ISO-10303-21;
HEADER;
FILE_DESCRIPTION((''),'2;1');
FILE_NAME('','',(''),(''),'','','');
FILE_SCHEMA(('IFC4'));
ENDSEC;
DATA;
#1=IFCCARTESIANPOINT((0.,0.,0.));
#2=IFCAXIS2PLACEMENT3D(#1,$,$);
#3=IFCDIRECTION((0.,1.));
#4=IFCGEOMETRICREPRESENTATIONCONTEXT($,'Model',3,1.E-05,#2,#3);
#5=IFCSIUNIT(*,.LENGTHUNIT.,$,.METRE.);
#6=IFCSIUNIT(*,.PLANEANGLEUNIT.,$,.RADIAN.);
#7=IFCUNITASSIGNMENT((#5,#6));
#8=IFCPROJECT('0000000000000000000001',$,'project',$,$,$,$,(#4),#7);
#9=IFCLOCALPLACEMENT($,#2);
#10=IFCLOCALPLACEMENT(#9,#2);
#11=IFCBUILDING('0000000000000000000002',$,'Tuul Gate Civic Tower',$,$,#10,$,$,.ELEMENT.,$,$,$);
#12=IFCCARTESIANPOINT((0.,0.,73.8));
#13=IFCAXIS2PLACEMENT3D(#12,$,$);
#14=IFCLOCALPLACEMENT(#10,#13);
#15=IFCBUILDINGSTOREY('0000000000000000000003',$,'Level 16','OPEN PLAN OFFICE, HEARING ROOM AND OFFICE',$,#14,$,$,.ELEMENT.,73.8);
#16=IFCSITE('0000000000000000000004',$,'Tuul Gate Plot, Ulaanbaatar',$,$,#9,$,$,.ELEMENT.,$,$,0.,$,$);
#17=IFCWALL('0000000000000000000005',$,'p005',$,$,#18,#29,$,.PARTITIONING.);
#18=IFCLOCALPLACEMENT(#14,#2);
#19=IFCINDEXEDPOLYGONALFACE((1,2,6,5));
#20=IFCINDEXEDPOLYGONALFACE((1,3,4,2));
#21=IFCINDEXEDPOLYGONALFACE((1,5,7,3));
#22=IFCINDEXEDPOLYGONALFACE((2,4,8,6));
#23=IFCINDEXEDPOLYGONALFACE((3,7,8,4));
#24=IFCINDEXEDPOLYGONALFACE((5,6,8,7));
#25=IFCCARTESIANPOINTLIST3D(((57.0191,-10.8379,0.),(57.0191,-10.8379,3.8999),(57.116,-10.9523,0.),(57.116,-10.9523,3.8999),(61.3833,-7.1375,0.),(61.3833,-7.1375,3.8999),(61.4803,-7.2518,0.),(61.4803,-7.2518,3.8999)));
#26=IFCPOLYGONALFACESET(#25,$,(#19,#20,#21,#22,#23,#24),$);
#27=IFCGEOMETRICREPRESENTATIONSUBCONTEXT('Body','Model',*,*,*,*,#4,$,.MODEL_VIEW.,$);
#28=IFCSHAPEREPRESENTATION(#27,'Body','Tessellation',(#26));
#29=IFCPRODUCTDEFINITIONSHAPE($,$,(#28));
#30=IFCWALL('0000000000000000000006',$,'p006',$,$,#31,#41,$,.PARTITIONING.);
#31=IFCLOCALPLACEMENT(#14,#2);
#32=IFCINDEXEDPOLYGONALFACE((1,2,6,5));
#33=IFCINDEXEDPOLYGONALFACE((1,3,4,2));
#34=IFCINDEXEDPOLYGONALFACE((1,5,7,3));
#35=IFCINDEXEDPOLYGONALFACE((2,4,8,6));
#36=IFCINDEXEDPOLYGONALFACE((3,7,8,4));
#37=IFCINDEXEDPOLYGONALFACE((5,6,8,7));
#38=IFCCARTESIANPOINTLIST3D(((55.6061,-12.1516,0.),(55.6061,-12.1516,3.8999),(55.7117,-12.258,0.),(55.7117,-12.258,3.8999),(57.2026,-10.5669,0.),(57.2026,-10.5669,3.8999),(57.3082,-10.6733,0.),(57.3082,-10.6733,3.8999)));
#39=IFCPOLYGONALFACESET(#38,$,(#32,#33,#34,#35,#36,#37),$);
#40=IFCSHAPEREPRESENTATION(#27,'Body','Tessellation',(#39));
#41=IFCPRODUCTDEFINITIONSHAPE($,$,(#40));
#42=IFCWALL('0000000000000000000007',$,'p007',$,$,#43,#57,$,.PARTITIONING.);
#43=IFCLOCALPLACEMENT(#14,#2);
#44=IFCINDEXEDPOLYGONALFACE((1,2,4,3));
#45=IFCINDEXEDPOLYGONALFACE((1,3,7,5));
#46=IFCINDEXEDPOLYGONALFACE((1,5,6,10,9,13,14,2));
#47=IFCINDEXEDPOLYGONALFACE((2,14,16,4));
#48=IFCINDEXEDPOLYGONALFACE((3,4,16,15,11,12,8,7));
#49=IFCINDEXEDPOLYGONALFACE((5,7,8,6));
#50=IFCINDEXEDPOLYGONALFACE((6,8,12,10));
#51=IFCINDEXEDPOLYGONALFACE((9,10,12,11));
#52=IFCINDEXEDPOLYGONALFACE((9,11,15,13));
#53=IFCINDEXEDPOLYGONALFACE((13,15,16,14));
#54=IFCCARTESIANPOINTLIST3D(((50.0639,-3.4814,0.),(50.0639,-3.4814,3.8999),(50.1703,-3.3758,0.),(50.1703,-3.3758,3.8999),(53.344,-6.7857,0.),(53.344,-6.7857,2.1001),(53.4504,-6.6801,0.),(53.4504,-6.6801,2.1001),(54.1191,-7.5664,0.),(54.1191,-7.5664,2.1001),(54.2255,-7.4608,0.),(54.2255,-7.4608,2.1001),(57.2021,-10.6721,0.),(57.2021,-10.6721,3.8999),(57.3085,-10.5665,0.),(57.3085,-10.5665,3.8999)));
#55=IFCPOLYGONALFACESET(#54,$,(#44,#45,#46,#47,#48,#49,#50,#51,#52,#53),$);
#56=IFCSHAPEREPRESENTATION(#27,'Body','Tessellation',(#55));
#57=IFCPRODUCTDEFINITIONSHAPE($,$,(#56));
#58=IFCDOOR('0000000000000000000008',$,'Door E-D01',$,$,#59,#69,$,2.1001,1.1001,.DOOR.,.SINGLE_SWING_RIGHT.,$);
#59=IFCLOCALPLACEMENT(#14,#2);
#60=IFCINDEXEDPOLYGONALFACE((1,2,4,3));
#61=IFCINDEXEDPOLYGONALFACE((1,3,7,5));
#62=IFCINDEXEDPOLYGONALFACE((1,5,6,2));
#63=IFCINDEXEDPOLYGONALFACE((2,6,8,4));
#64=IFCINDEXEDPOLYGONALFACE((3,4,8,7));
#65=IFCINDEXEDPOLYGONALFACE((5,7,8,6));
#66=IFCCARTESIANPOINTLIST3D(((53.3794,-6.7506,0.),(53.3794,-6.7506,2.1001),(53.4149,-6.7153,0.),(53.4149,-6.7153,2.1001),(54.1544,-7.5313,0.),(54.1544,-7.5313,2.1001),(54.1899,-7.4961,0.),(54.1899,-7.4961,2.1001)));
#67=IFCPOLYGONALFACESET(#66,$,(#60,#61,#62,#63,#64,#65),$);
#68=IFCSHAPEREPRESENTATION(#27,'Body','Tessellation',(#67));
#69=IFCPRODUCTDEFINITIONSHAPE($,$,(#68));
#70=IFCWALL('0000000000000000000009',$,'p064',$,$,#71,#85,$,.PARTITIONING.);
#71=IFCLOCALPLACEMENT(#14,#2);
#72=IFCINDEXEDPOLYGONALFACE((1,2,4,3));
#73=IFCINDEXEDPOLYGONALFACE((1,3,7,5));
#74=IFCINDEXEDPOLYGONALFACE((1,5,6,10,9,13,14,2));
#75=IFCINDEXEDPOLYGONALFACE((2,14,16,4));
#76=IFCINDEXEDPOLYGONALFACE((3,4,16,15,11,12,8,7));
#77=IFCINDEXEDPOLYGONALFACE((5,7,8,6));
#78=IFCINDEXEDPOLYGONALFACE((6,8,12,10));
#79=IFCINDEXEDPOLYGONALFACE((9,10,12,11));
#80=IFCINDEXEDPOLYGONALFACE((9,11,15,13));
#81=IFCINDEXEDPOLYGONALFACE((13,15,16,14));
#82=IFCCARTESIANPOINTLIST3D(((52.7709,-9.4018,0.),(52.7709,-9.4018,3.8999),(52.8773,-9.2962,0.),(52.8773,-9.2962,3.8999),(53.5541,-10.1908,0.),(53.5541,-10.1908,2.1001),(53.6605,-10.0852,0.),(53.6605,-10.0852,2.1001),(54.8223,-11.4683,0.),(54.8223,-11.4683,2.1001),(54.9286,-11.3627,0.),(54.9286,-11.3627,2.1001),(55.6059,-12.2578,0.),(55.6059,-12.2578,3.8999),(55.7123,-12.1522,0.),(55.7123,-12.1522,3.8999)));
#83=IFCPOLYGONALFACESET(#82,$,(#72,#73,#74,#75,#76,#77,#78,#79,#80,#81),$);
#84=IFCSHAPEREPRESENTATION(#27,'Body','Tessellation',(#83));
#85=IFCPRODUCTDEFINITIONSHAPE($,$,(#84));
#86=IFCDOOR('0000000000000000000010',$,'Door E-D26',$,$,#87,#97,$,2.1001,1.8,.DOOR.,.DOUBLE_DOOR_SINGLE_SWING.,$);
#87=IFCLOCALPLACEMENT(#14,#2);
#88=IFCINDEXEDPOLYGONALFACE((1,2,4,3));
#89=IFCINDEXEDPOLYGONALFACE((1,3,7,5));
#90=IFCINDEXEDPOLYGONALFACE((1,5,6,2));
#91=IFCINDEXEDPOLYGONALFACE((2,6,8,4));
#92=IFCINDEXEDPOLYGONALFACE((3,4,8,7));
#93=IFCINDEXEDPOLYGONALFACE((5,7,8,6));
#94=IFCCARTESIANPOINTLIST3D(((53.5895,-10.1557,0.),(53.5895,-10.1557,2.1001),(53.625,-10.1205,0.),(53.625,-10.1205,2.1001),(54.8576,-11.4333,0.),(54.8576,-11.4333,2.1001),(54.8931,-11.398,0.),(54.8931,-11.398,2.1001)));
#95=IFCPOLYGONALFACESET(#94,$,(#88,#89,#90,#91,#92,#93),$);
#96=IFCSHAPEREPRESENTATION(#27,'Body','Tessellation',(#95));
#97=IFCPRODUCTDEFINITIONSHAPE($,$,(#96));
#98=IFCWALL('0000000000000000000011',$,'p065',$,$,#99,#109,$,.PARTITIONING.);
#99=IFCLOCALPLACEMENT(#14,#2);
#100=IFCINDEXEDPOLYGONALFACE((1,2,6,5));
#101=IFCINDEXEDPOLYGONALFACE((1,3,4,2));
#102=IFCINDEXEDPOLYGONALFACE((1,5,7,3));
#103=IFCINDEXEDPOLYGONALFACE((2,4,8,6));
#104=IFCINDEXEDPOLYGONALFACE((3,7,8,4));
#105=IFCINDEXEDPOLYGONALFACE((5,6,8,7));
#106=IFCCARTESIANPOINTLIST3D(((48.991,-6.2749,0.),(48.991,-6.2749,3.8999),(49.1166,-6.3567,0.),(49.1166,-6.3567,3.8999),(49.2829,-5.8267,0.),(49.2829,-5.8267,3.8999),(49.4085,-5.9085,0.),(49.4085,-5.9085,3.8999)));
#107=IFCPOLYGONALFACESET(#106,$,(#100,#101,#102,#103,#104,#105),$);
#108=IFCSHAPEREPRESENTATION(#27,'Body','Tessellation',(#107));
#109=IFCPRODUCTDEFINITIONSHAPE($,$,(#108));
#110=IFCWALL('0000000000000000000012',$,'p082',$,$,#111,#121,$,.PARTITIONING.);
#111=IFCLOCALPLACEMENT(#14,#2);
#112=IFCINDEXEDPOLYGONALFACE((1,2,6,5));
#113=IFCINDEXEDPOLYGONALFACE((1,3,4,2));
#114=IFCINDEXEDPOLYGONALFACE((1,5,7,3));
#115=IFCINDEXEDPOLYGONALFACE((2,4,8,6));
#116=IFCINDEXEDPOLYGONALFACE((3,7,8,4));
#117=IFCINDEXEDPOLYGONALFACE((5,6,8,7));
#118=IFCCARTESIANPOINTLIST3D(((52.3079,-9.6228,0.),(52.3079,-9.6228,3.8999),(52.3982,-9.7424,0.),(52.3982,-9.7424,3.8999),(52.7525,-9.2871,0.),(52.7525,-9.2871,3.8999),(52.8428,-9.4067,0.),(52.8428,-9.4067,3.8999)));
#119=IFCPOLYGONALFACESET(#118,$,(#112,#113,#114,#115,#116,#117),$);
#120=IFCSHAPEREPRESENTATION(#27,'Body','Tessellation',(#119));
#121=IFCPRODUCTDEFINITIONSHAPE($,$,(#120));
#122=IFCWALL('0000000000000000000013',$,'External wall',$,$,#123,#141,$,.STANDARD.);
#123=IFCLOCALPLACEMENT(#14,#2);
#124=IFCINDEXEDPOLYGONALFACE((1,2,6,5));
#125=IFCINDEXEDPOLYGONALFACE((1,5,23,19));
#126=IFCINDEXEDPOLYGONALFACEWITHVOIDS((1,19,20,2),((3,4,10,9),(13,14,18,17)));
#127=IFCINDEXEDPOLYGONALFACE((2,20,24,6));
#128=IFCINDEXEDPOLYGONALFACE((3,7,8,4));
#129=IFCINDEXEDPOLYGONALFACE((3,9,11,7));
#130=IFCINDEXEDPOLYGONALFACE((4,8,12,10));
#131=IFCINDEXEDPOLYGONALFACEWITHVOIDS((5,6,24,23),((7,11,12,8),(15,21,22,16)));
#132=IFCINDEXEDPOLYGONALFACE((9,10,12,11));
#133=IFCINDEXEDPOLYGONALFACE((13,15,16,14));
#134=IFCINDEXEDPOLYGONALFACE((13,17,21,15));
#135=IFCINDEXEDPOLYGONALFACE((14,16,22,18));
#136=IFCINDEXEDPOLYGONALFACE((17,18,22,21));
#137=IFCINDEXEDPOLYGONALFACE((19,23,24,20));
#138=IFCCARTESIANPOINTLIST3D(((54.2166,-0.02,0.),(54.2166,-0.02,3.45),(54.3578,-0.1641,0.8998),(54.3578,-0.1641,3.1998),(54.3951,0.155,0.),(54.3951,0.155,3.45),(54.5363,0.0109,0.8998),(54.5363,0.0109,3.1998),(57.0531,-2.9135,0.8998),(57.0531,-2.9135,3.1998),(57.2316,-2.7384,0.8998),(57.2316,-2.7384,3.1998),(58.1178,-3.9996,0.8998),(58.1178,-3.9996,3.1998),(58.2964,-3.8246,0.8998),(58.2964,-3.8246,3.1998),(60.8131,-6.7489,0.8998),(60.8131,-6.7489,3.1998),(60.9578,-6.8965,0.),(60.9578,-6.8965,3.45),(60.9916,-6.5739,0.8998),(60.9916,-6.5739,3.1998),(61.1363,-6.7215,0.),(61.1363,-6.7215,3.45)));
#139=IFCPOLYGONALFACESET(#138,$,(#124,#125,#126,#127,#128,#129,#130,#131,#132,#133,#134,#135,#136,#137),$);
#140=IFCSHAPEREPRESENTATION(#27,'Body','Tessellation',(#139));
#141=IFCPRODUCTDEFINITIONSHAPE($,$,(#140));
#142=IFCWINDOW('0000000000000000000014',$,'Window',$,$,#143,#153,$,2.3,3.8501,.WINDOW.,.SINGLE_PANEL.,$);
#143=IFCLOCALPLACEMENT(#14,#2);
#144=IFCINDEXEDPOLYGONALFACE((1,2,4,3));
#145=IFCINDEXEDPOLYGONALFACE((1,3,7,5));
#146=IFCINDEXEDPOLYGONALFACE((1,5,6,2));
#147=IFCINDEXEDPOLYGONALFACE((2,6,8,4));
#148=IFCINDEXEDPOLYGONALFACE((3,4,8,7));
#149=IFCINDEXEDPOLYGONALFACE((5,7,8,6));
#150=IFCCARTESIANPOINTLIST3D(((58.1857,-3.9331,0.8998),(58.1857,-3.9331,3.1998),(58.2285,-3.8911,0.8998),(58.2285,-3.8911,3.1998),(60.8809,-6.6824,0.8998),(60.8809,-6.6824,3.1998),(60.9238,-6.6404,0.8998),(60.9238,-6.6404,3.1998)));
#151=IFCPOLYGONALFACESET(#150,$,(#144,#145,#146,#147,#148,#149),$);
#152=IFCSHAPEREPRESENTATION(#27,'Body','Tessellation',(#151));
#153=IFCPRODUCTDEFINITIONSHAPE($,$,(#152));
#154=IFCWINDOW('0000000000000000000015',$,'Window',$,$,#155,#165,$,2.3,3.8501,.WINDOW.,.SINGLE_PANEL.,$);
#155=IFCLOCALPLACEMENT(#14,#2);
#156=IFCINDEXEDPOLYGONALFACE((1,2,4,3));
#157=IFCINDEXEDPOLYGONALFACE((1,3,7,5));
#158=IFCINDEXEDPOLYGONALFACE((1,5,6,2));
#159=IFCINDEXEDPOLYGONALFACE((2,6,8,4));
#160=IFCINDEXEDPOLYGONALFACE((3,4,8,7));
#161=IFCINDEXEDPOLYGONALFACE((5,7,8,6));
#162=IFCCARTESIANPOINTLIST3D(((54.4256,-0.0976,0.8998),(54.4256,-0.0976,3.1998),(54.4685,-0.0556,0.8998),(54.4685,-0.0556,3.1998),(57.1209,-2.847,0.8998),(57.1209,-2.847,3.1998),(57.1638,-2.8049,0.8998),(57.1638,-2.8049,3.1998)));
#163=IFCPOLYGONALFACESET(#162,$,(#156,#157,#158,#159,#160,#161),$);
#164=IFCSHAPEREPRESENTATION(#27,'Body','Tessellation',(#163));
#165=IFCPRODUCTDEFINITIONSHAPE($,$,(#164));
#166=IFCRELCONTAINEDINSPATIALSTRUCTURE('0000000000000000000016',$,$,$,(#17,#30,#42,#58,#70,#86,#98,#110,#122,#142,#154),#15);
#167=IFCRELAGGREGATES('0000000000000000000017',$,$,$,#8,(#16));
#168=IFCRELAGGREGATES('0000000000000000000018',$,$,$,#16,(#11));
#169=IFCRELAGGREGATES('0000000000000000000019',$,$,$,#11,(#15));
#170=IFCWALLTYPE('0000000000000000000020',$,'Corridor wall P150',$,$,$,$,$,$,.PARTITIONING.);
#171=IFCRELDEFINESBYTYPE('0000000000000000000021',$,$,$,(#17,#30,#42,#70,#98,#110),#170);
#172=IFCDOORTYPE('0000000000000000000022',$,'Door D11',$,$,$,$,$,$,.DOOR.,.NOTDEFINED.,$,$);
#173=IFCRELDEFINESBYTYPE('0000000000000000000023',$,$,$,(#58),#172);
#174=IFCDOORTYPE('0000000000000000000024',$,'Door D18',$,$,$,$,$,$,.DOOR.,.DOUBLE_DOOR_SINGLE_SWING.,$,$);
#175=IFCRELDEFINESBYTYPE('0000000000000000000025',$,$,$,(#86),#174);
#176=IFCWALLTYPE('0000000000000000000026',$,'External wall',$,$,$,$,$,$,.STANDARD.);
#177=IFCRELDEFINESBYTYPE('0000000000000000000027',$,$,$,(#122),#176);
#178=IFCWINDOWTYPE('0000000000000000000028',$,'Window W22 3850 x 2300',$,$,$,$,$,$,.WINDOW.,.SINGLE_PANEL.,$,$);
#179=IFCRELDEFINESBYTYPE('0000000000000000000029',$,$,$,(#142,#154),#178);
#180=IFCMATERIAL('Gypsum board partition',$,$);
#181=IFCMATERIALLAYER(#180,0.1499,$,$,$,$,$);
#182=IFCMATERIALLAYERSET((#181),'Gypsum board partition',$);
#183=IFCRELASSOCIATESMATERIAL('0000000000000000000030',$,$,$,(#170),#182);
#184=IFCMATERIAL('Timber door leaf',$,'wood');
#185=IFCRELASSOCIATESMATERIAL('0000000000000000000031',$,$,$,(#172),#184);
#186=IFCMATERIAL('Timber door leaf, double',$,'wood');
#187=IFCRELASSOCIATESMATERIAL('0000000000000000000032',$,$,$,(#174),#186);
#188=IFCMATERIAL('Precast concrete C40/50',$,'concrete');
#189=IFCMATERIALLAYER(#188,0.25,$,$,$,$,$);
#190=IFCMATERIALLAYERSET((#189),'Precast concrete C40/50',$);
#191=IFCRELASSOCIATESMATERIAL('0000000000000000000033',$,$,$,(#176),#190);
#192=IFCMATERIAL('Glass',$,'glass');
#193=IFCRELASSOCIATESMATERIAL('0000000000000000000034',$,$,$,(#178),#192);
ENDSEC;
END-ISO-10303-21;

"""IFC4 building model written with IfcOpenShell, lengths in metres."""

from ifc_helpers import new_model, si_unit, direction, frame, frame_2d, origin, place, context, subcontext, project, spatial, rectangle, extrude, material, layer, layer_set, type_object, element, fill, save


model = new_model("IFC4")

# Units and contexts
model_context = context("Model", 3, precision=1e-05, world=origin(), true_north=direction((0.0, 1.0)))
body_context = subcontext(model_context, "Body", "Model", "MODEL_VIEW")
ifc_project = project(units=[si_unit("LENGTHUNIT", "METRE"), si_unit("PLANEANGLEUNIT", "RADIAN")], contexts=[model_context])

# Site, building, storey
site_placement = place(None, origin())
site = spatial("IfcSite", under=ifc_project, at=site_placement, Name="Tuul Gate Plot, Ulaanbaatar", CompositionType="ELEMENT", RefElevation=0.0)
building_placement = place(site_placement, origin())
building = spatial("IfcBuilding", under=site, at=building_placement, Name="Tuul Gate Civic Tower", CompositionType="ELEMENT")
storey_placement = place(building_placement, frame((0.0, 0.0, 73.8)))
storey = spatial("IfcBuildingStorey", under=building, at=storey_placement, Name="Level 16", Description="OPEN PLAN OFFICE, HEARING ROOM AND OFFICE", CompositionType="ELEMENT", Elevation=73.8)

# Walls
ifc_material_1 = material(Name="Gypsum board partition")
ifc_layer_1 = layer(ifc_material_1, 0.1499)
ifc_layer_set_1 = layer_set([ifc_layer_1], Name="Gypsum board partition")
wall_type_1 = type_object("IfcWallType", Name="Corridor wall P150", PredefinedType="PARTITIONING", material=ifc_layer_set_1)
wall_1_placement = place(storey_placement, frame((57.0676, -10.895, 0.0), z_axis=(0.0, 0.0, 1.0), x_axis=(0.76273, 0.646717, 0.0)))
element("IfcWall", 1, at=wall_1_placement, inside=storey, type_object=wall_type_1, Name="p005", PredefinedType="PARTITIONING", context=body_context, shape_type="SweptSolid", body=[
    extrude(rectangle(XDim=5.7219, YDim=0.1499, at=frame_2d((2.8608, 0.0))), origin(), (0.0, 0.0, 1.0), 3.8999),
])
wall_2_placement = place(storey_placement, frame((55.6589, -12.2048, 0.0), z_axis=(0.0, 0.0, 1.0), x_axis=(0.709707, 0.704497, 0.0)))
element("IfcWall", 2, at=wall_2_placement, inside=storey, type_object=wall_type_1, Name="p006", PredefinedType="PARTITIONING", context=body_context, shape_type="SweptSolid", body=[
    extrude(rectangle(XDim=2.2495, YDim=0.1499, at=frame_2d((1.1248, 0.0))), origin(), (0.0, 0.0, 1.0), 3.8999),
])

# Walls, openings, doors
wall_3_placement = place(storey_placement, frame((50.1172, -3.4287, 0.0), z_axis=(0.0, 0.0, 1.0), x_axis=(0.704512, -0.709692, 0.0)))
wall_3 = element("IfcWall", 3, at=wall_3_placement, inside=storey, type_object=wall_type_1, Name="p007", PredefinedType="PARTITIONING", context=body_context, shape_type="SweptSolid", body=[
    extrude(rectangle(XDim=10.1321, YDim=0.1499, at=frame_2d((5.0659, 0.0))), origin(), (0.0, 0.0, 1.0), 3.8999),
])
opening_1_placement = place(wall_3_placement, frame((4.6558, 0.0, 0.0)))
opening_1 = element("IfcOpeningElement", 4, at=opening_1_placement, cuts=wall_3, PredefinedType="OPENING", context=body_context, shape_type="SweptSolid", body=[
    extrude(rectangle(XDim=1.1001, YDim=2.1001, at=frame_2d((0.55, 1.05))), frame((0.0, 0.085, 0.0), z_axis=(0.0, -1.0, 0.0), x_axis=(1.0, 0.0, 0.0)), (0.0, 0.0, 1.0), 0.1699),
])
ifc_material_2 = material(Name="Timber door leaf", Category="wood")
door_type_1 = type_object("IfcDoorType", Name="Door D11", OperationType="NOTDEFINED", PredefinedType="DOOR", material=ifc_material_2)
door_1_placement = place(opening_1_placement, origin())
door_1 = element("IfcDoor", 5, at=door_1_placement, inside=storey, type_object=door_type_1, Name="Door E-D01", OperationType="SINGLE_SWING_RIGHT", OverallHeight=2.1001, OverallWidth=1.1001, PredefinedType="DOOR", context=body_context, shape_type="SweptSolid", body=[
    extrude(rectangle(XDim=1.1001, YDim=2.1001, at=frame_2d((0.55, 1.05))), frame((0.0, 0.0249, 0.0), z_axis=(0.0, -1.0, 0.0), x_axis=(1.0, 0.0, 0.0)), (0.0, 0.0, 1.0), 0.05),
])
fill(opening_1, door_1)
wall_4_placement = place(storey_placement, frame((52.824, -9.3489, 0.0), z_axis=(0.0, 0.0, 1.0), x_axis=(0.704493, -0.709711, 0.0)))
wall_4 = element("IfcWall", 6, at=wall_4_placement, inside=storey, type_object=wall_type_1, Name="p064", PredefinedType="PARTITIONING", context=body_context, shape_type="SweptSolid", body=[
    extrude(rectangle(XDim=4.0242, YDim=0.1499, at=frame_2d((2.0122, 0.0))), origin(), (0.0, 0.0, 1.0), 3.8999),
])
opening_2_placement = place(wall_4_placement, frame((1.1121, 0.0, 0.0)))
opening_2 = element("IfcOpeningElement", 7, at=opening_2_placement, cuts=wall_4, PredefinedType="OPENING", context=body_context, shape_type="SweptSolid", body=[
    extrude(rectangle(XDim=1.8, YDim=2.1001, at=frame_2d((0.8999, 1.05))), frame((0.0, 0.085, 0.0), z_axis=(0.0, -1.0, 0.0), x_axis=(1.0, 0.0, 0.0)), (0.0, 0.0, 1.0), 0.1699),
])
ifc_material_3 = material(Name="Timber door leaf, double", Category="wood")
door_type_2 = type_object("IfcDoorType", Name="Door D18", OperationType="DOUBLE_DOOR_SINGLE_SWING", PredefinedType="DOOR", material=ifc_material_3)
door_2_placement = place(opening_2_placement, origin())
door_2 = element("IfcDoor", 8, at=door_2_placement, inside=storey, type_object=door_type_2, Name="Door E-D26", OperationType="DOUBLE_DOOR_SINGLE_SWING", OverallHeight=2.1001, OverallWidth=1.8, PredefinedType="DOOR", context=body_context, shape_type="SweptSolid", body=[
    extrude(rectangle(XDim=1.8, YDim=2.1001, at=frame_2d((0.8999, 1.05))), frame((0.0, 0.0249, 0.0), z_axis=(0.0, -1.0, 0.0), x_axis=(1.0, 0.0, 0.0)), (0.0, 0.0, 1.0), 0.05),
])
fill(opening_2, door_2)

# Walls
wall_5_placement = place(storey_placement, frame((49.0537, -6.3159, 0.0), z_axis=(0.0, 0.0, 1.0), x_axis=(0.545822, 0.837901, 0.0)))
element("IfcWall", 9, at=wall_5_placement, inside=storey, type_object=wall_type_1, Name="p065", PredefinedType="PARTITIONING", context=body_context, shape_type="SweptSolid", body=[
    extrude(rectangle(XDim=0.5349, YDim=0.1499, at=frame_2d((0.2676, 0.0))), origin(), (0.0, 0.0, 1.0), 3.8999),
])
wall_6_placement = place(storey_placement, frame((52.353, -9.6826, 0.0), z_axis=(0.0, 0.0, 1.0), x_axis=(0.79805, 0.602591, 0.0)))
element("IfcWall", 10, at=wall_6_placement, inside=storey, type_object=wall_type_1, Name="p082", PredefinedType="PARTITIONING", context=body_context, shape_type="SweptSolid", body=[
    extrude(rectangle(XDim=0.5571, YDim=0.1499, at=frame_2d((0.2786, 0.0))), origin(), (0.0, 0.0, 1.0), 3.8999),
])

# Wall, openings, windows
ifc_material_4 = material(Name="Precast concrete C40/50", Category="concrete")
ifc_layer_2 = layer(ifc_material_4, 0.25)
ifc_layer_set_2 = layer_set([ifc_layer_2], Name="Precast concrete C40/50")
wall_type_2 = type_object("IfcWallType", Name="External wall", PredefinedType="STANDARD", material=ifc_layer_set_2)
wall_7_placement = place(storey_placement, frame((61.0471, -6.8091, 0.0), z_axis=(0.0, 0.0, 1.0), x_axis=(-0.700049, 0.714095, 0.0)))
wall_7 = element("IfcWall", 11, at=wall_7_placement, inside=storey, type_object=wall_type_2, Name="External wall", PredefinedType="STANDARD", context=body_context, shape_type="SweptSolid", body=[
    extrude(rectangle(XDim=9.6296, YDim=0.25, at=frame_2d((4.8149, 0.0))), origin(), (0.0, 0.0, 1.0), 3.45),
])
opening_3_placement = place(wall_7_placement, frame((0.2068, 0.0, 0.8999)))
opening_3 = element("IfcOpeningElement", 12, at=opening_3_placement, cuts=wall_7, PredefinedType="OPENING", context=body_context, shape_type="SweptSolid", body=[
    extrude(rectangle(XDim=3.8501, YDim=2.3, at=frame_2d((1.925, 1.1499))), frame((0.0, 0.135, 0.0), z_axis=(0.0, -1.0, 0.0), x_axis=(1.0, 0.0, 0.0)), (0.0, 0.0, 1.0), 0.27),
])
opening_4_placement = place(wall_7_placement, frame((5.5779, 0.0, 0.8999)))
opening_4 = element("IfcOpeningElement", 13, at=opening_4_placement, cuts=wall_7, PredefinedType="OPENING", context=body_context, shape_type="SweptSolid", body=[
    extrude(rectangle(XDim=3.8501, YDim=2.3, at=frame_2d((1.925, 1.1499))), frame((0.0, 0.135, 0.0), z_axis=(0.0, -1.0, 0.0), x_axis=(1.0, 0.0, 0.0)), (0.0, 0.0, 1.0), 0.27),
])
ifc_material_5 = material(Name="Glass", Category="glass")
window_type = type_object("IfcWindowType", Name="Window W22 3850 x 2300", PartitioningType="SINGLE_PANEL", PredefinedType="WINDOW", material=ifc_material_5)
window_1_placement = place(opening_3_placement, origin())
window_1 = element("IfcWindow", 14, at=window_1_placement, inside=storey, type_object=window_type, Name="Window", OverallHeight=2.3, OverallWidth=3.8501, PartitioningType="SINGLE_PANEL", PredefinedType="WINDOW", context=body_context, shape_type="SweptSolid", body=[
    extrude(rectangle(XDim=3.8501, YDim=2.3, at=frame_2d((1.925, 1.1499))), frame((0.0, 0.03, 0.0), z_axis=(0.0, -1.0, 0.0), x_axis=(1.0, 0.0, 0.0)), (0.0, 0.0, 1.0), 0.0601),
])
fill(opening_3, window_1)
window_2_placement = place(opening_4_placement, origin())
window_2 = element("IfcWindow", 15, at=window_2_placement, inside=storey, type_object=window_type, Name="Window", OverallHeight=2.3, OverallWidth=3.8501, PartitioningType="SINGLE_PANEL", PredefinedType="WINDOW", context=body_context, shape_type="SweptSolid", body=[
    extrude(rectangle(XDim=3.8501, YDim=2.3, at=frame_2d((1.925, 1.1499))), frame((0.0, 0.03, 0.0), z_axis=(0.0, -1.0, 0.0), x_axis=(1.0, 0.0, 0.0)), (0.0, 0.0, 1.0), 0.0601),
])
fill(opening_4, window_2)

save(model, "model.ifc")
